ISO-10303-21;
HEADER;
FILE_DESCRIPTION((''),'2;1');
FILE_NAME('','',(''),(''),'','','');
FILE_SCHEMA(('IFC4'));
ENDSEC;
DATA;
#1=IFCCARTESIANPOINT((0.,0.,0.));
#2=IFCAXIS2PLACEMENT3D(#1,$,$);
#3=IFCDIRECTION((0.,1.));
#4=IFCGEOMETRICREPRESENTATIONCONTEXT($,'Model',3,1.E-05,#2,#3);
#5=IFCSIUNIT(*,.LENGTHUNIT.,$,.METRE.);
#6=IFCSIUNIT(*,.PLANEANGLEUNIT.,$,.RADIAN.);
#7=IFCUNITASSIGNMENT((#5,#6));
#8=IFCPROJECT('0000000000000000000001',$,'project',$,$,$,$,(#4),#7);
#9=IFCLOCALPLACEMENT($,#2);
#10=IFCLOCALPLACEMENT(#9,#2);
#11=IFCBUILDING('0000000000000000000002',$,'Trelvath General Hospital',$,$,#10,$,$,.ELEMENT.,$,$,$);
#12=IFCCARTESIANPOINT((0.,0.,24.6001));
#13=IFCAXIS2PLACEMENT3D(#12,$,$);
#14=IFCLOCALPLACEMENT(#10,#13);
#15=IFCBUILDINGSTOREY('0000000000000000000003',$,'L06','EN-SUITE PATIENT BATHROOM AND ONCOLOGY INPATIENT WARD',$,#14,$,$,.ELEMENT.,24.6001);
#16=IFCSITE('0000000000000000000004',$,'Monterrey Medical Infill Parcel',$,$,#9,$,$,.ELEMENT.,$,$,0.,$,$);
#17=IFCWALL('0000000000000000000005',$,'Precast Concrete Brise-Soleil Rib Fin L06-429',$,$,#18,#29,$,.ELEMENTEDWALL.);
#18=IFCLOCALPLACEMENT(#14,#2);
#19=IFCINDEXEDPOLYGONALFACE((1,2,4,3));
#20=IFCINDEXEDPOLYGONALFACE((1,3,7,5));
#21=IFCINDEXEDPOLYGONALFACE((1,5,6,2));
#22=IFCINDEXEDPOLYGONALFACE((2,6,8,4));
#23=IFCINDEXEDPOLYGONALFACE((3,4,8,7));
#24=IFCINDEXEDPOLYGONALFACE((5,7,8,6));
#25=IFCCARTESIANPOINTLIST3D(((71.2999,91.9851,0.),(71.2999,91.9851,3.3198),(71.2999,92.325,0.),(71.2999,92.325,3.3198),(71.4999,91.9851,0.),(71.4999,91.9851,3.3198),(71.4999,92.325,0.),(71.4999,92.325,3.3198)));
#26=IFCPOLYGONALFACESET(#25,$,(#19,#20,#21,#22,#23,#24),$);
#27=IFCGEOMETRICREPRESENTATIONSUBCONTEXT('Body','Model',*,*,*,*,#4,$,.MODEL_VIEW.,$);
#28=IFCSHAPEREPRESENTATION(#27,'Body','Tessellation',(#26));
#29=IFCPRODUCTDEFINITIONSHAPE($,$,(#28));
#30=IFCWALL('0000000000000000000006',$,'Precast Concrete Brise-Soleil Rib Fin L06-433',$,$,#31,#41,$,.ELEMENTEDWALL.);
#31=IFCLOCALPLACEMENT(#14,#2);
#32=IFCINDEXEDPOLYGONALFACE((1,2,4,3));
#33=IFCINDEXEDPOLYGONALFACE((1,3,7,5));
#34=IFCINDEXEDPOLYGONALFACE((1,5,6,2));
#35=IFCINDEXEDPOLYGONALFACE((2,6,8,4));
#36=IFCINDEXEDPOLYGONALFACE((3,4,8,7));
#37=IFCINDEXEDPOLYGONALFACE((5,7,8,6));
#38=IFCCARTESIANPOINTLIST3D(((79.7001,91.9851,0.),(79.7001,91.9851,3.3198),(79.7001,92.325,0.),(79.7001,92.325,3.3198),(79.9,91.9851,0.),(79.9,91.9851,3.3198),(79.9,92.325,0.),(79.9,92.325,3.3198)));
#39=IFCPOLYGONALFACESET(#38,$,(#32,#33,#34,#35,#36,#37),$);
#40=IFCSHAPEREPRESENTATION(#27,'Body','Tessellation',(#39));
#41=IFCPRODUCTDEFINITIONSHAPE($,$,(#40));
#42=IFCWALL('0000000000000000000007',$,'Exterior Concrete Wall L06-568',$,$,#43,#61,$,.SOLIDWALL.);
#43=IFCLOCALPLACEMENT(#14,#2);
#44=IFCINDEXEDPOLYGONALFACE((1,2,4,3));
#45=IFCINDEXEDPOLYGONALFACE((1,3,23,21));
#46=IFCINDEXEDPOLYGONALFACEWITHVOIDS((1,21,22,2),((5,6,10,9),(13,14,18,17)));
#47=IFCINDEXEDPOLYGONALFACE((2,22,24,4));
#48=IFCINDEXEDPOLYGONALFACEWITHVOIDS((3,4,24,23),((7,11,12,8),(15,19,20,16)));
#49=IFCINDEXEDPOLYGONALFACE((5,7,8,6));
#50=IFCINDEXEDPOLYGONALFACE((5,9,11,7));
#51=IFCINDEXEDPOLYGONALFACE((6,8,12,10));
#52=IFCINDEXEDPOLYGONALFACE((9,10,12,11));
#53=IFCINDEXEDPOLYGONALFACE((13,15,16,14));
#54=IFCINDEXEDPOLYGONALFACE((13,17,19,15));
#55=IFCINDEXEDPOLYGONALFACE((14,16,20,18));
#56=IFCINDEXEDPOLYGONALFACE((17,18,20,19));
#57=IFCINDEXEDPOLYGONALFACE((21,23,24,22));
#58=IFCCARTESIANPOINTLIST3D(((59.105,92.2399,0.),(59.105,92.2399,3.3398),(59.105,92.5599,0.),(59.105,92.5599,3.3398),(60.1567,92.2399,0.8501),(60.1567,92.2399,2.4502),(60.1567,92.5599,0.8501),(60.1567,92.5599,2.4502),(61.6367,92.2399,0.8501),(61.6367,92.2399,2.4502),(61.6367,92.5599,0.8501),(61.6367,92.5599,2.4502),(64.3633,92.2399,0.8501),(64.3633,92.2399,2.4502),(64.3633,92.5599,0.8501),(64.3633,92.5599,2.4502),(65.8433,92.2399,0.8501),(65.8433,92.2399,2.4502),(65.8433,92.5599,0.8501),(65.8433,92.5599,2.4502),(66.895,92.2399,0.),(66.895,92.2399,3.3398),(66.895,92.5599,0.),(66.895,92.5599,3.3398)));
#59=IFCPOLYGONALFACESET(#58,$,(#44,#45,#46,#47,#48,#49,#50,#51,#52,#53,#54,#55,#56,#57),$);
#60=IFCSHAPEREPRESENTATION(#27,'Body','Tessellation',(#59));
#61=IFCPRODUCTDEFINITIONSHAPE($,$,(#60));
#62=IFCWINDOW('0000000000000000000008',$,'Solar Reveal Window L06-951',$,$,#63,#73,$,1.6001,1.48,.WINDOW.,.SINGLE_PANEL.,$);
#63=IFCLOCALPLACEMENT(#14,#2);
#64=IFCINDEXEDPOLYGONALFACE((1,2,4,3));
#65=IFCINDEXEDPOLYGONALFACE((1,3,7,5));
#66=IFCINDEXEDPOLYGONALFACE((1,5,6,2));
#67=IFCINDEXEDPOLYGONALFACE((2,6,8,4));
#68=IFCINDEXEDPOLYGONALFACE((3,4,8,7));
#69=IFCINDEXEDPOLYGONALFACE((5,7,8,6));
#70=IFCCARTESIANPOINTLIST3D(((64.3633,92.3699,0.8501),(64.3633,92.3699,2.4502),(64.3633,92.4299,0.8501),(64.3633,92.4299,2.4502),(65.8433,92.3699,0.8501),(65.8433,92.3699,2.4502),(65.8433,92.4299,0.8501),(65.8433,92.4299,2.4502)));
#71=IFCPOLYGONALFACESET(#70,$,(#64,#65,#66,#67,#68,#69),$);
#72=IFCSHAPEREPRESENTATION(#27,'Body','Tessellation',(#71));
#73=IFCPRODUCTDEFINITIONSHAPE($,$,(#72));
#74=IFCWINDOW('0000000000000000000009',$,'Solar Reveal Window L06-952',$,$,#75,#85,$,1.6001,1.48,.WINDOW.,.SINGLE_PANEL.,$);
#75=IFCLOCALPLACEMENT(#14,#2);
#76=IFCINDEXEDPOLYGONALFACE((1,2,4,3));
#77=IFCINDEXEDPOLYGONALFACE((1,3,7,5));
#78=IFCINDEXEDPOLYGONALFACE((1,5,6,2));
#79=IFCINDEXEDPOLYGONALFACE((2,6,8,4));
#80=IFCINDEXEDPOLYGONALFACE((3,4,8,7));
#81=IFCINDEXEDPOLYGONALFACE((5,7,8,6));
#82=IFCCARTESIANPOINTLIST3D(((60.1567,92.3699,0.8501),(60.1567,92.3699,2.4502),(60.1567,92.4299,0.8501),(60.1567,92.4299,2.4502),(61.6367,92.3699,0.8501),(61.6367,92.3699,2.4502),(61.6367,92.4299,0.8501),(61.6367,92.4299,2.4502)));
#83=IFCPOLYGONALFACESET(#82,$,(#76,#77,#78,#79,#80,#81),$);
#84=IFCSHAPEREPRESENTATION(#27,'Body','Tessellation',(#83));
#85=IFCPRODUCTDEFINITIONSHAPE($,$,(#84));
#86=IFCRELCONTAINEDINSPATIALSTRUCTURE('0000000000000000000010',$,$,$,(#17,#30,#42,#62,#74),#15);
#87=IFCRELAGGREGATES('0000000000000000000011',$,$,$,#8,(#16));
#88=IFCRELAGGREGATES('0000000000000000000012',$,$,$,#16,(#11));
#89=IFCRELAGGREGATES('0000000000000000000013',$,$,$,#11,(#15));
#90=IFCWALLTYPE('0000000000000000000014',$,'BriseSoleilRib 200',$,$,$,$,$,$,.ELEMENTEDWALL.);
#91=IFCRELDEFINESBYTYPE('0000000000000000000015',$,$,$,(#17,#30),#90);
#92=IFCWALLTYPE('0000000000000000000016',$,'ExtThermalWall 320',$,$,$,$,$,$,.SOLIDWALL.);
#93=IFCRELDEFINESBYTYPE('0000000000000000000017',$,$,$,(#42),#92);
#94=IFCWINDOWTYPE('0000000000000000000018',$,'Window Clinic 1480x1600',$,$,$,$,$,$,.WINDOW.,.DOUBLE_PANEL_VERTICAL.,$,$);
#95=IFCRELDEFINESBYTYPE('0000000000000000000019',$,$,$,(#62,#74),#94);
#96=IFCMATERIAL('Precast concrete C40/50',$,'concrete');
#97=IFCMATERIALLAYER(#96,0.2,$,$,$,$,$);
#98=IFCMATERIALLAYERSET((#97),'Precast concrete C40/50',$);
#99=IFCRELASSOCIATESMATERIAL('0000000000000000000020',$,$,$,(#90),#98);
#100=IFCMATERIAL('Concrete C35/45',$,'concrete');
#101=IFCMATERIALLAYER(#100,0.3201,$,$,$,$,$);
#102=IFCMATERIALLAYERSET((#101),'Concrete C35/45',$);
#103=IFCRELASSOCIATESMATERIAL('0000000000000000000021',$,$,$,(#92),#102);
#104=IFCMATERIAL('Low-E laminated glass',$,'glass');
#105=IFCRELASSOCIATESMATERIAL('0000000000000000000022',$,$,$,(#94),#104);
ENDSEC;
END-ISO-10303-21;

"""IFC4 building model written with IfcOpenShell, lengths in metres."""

from ifc_helpers import new_model, si_unit, direction, frame, frame_2d, origin, place, context, subcontext, project, spatial, rectangle, extrude, material, layer, layer_set, type_object, element, fill, save


model = new_model("IFC4")

# Units and contexts
model_context = context("Model", 3, precision=1e-05, world=origin(), true_north=direction((0.0, 1.0)))
body_context = subcontext(model_context, "Body", "Model", "MODEL_VIEW")
ifc_project = project(units=[si_unit("LENGTHUNIT", "METRE"), si_unit("PLANEANGLEUNIT", "RADIAN")], contexts=[model_context])

# Site, building, storey
site_placement = place(None, origin())
site = spatial("IfcSite", under=ifc_project, at=site_placement, Name="Monterrey Medical Infill Parcel", CompositionType="ELEMENT", RefElevation=0.0)
building_placement = place(site_placement, origin())
building = spatial("IfcBuilding", under=site, at=building_placement, Name="Trelvath General Hospital", CompositionType="ELEMENT")
storey_placement = place(building_placement, frame((0.0, 0.0, 24.6001)))
storey = spatial("IfcBuildingStorey", under=building, at=storey_placement, Name="L06", Description="EN-SUITE PATIENT BATHROOM AND ONCOLOGY INPATIENT WARD", CompositionType="ELEMENT", Elevation=24.6001)

# Walls
ifc_material_1 = material(Name="Precast concrete C40/50", Category="concrete")
ifc_layer_1 = layer(ifc_material_1, 0.2)
ifc_layer_set_1 = layer_set([ifc_layer_1], Name="Precast concrete C40/50")
wall_type_1 = type_object("IfcWallType", Name="BriseSoleilRib 200", PredefinedType="ELEMENTEDWALL", material=ifc_layer_set_1)
for number, where, z_axis, x_axis, name in (
    (1, (71.3999, 92.325, 0.0), (0.0, 0.0, 1.0), (0.0, -1.0, 0.0), "Precast Concrete Brise-Soleil Rib Fin L06-429"),
    (2, (79.8, 92.325, 0.0), (0.0, 0.0, 1.0), (0.0, -1.0, 0.0), "Precast Concrete Brise-Soleil Rib Fin L06-433"),
):
    element("IfcWall", number, at=place(storey_placement, frame(where, z_axis=z_axis, x_axis=x_axis)), inside=storey, type_object=wall_type_1, Name=name, PredefinedType="ELEMENTEDWALL", context=body_context, shape_type="SweptSolid", body=[
        extrude(rectangle(XDim=0.3398, YDim=0.2, at=frame_2d((0.1699, 0.0))), origin(), (0.0, 0.0, 1.0), 3.3198),
    ])

# Wall, openings, windows
ifc_material_2 = material(Name="Concrete C35/45", Category="concrete")
ifc_layer_2 = layer(ifc_material_2, 0.3201)
ifc_layer_set_2 = layer_set([ifc_layer_2], Name="Concrete C35/45")
wall_type_2 = type_object("IfcWallType", Name="ExtThermalWall 320", PredefinedType="SOLIDWALL", material=ifc_layer_set_2)
wall_placement = place(storey_placement, frame((66.895, 92.3999, 0.0), z_axis=(0.0, 0.0, 1.0), x_axis=(-1.0, 0.0, 0.0)))
wall = element("IfcWall", 3, at=wall_placement, inside=storey, type_object=wall_type_2, Name="Exterior Concrete Wall L06-568", PredefinedType="SOLIDWALL", context=body_context, shape_type="SweptSolid", body=[
    extrude(rectangle(XDim=7.79, YDim=0.3201, at=frame_2d((3.895, 0.0))), origin(), (0.0, 0.0, 1.0), 3.3398),
])
opening_1_placement = place(wall_placement, frame((1.0518, 0.0, 0.8501)))
opening_1 = element("IfcOpeningElement", 4, at=opening_1_placement, cuts=wall, PredefinedType="OPENING", context=body_context, shape_type="SweptSolid", body=[
    extrude(rectangle(XDim=1.48, YDim=1.6001, at=frame_2d((0.74, 0.8))), frame((0.0, 0.1699, 0.0), z_axis=(0.0, -1.0, 0.0), x_axis=(1.0, 0.0, 0.0)), (0.0, 0.0, 1.0), 0.3401),
])
opening_2_placement = place(wall_placement, frame((5.2583, 0.0, 0.8501)))
opening_2 = element("IfcOpeningElement", 5, at=opening_2_placement, cuts=wall, PredefinedType="OPENING", context=body_context, shape_type="SweptSolid", body=[
    extrude(rectangle(XDim=1.48, YDim=1.6001, at=frame_2d((0.74, 0.8))), frame((0.0, 0.1699, 0.0), z_axis=(0.0, -1.0, 0.0), x_axis=(1.0, 0.0, 0.0)), (0.0, 0.0, 1.0), 0.3401),
])
ifc_material_3 = material(Name="Low-E laminated glass", Category="glass")
window_type = type_object("IfcWindowType", Name="Window Clinic 1480x1600", PartitioningType="DOUBLE_PANEL_VERTICAL", PredefinedType="WINDOW", material=ifc_material_3)
window_1_placement = place(opening_1_placement, origin())
window_1 = element("IfcWindow", 6, at=window_1_placement, inside=storey, type_object=window_type, Name="Solar Reveal Window L06-951", OverallHeight=1.6001, OverallWidth=1.48, PartitioningType="SINGLE_PANEL", PredefinedType="WINDOW", context=body_context, shape_type="SweptSolid", body=[
    extrude(rectangle(XDim=1.48, YDim=1.6001, at=frame_2d((0.74, 0.8))), frame((0.0, 0.03, 0.0), z_axis=(0.0, -1.0, 0.0), x_axis=(1.0, 0.0, 0.0)), (0.0, 0.0, 1.0), 0.0601),
])
fill(opening_1, window_1)
window_2_placement = place(opening_2_placement, origin())
window_2 = element("IfcWindow", 7, at=window_2_placement, inside=storey, type_object=window_type, Name="Solar Reveal Window L06-952", OverallHeight=1.6001, OverallWidth=1.48, PartitioningType="SINGLE_PANEL", PredefinedType="WINDOW", context=body_context, shape_type="SweptSolid", body=[
    extrude(rectangle(XDim=1.48, YDim=1.6001, at=frame_2d((0.74, 0.8))), frame((0.0, 0.03, 0.0), z_axis=(0.0, -1.0, 0.0), x_axis=(1.0, 0.0, 0.0)), (0.0, 0.0, 1.0), 0.0601),
])
fill(opening_2, window_2)

save(model, "model.ifc")
